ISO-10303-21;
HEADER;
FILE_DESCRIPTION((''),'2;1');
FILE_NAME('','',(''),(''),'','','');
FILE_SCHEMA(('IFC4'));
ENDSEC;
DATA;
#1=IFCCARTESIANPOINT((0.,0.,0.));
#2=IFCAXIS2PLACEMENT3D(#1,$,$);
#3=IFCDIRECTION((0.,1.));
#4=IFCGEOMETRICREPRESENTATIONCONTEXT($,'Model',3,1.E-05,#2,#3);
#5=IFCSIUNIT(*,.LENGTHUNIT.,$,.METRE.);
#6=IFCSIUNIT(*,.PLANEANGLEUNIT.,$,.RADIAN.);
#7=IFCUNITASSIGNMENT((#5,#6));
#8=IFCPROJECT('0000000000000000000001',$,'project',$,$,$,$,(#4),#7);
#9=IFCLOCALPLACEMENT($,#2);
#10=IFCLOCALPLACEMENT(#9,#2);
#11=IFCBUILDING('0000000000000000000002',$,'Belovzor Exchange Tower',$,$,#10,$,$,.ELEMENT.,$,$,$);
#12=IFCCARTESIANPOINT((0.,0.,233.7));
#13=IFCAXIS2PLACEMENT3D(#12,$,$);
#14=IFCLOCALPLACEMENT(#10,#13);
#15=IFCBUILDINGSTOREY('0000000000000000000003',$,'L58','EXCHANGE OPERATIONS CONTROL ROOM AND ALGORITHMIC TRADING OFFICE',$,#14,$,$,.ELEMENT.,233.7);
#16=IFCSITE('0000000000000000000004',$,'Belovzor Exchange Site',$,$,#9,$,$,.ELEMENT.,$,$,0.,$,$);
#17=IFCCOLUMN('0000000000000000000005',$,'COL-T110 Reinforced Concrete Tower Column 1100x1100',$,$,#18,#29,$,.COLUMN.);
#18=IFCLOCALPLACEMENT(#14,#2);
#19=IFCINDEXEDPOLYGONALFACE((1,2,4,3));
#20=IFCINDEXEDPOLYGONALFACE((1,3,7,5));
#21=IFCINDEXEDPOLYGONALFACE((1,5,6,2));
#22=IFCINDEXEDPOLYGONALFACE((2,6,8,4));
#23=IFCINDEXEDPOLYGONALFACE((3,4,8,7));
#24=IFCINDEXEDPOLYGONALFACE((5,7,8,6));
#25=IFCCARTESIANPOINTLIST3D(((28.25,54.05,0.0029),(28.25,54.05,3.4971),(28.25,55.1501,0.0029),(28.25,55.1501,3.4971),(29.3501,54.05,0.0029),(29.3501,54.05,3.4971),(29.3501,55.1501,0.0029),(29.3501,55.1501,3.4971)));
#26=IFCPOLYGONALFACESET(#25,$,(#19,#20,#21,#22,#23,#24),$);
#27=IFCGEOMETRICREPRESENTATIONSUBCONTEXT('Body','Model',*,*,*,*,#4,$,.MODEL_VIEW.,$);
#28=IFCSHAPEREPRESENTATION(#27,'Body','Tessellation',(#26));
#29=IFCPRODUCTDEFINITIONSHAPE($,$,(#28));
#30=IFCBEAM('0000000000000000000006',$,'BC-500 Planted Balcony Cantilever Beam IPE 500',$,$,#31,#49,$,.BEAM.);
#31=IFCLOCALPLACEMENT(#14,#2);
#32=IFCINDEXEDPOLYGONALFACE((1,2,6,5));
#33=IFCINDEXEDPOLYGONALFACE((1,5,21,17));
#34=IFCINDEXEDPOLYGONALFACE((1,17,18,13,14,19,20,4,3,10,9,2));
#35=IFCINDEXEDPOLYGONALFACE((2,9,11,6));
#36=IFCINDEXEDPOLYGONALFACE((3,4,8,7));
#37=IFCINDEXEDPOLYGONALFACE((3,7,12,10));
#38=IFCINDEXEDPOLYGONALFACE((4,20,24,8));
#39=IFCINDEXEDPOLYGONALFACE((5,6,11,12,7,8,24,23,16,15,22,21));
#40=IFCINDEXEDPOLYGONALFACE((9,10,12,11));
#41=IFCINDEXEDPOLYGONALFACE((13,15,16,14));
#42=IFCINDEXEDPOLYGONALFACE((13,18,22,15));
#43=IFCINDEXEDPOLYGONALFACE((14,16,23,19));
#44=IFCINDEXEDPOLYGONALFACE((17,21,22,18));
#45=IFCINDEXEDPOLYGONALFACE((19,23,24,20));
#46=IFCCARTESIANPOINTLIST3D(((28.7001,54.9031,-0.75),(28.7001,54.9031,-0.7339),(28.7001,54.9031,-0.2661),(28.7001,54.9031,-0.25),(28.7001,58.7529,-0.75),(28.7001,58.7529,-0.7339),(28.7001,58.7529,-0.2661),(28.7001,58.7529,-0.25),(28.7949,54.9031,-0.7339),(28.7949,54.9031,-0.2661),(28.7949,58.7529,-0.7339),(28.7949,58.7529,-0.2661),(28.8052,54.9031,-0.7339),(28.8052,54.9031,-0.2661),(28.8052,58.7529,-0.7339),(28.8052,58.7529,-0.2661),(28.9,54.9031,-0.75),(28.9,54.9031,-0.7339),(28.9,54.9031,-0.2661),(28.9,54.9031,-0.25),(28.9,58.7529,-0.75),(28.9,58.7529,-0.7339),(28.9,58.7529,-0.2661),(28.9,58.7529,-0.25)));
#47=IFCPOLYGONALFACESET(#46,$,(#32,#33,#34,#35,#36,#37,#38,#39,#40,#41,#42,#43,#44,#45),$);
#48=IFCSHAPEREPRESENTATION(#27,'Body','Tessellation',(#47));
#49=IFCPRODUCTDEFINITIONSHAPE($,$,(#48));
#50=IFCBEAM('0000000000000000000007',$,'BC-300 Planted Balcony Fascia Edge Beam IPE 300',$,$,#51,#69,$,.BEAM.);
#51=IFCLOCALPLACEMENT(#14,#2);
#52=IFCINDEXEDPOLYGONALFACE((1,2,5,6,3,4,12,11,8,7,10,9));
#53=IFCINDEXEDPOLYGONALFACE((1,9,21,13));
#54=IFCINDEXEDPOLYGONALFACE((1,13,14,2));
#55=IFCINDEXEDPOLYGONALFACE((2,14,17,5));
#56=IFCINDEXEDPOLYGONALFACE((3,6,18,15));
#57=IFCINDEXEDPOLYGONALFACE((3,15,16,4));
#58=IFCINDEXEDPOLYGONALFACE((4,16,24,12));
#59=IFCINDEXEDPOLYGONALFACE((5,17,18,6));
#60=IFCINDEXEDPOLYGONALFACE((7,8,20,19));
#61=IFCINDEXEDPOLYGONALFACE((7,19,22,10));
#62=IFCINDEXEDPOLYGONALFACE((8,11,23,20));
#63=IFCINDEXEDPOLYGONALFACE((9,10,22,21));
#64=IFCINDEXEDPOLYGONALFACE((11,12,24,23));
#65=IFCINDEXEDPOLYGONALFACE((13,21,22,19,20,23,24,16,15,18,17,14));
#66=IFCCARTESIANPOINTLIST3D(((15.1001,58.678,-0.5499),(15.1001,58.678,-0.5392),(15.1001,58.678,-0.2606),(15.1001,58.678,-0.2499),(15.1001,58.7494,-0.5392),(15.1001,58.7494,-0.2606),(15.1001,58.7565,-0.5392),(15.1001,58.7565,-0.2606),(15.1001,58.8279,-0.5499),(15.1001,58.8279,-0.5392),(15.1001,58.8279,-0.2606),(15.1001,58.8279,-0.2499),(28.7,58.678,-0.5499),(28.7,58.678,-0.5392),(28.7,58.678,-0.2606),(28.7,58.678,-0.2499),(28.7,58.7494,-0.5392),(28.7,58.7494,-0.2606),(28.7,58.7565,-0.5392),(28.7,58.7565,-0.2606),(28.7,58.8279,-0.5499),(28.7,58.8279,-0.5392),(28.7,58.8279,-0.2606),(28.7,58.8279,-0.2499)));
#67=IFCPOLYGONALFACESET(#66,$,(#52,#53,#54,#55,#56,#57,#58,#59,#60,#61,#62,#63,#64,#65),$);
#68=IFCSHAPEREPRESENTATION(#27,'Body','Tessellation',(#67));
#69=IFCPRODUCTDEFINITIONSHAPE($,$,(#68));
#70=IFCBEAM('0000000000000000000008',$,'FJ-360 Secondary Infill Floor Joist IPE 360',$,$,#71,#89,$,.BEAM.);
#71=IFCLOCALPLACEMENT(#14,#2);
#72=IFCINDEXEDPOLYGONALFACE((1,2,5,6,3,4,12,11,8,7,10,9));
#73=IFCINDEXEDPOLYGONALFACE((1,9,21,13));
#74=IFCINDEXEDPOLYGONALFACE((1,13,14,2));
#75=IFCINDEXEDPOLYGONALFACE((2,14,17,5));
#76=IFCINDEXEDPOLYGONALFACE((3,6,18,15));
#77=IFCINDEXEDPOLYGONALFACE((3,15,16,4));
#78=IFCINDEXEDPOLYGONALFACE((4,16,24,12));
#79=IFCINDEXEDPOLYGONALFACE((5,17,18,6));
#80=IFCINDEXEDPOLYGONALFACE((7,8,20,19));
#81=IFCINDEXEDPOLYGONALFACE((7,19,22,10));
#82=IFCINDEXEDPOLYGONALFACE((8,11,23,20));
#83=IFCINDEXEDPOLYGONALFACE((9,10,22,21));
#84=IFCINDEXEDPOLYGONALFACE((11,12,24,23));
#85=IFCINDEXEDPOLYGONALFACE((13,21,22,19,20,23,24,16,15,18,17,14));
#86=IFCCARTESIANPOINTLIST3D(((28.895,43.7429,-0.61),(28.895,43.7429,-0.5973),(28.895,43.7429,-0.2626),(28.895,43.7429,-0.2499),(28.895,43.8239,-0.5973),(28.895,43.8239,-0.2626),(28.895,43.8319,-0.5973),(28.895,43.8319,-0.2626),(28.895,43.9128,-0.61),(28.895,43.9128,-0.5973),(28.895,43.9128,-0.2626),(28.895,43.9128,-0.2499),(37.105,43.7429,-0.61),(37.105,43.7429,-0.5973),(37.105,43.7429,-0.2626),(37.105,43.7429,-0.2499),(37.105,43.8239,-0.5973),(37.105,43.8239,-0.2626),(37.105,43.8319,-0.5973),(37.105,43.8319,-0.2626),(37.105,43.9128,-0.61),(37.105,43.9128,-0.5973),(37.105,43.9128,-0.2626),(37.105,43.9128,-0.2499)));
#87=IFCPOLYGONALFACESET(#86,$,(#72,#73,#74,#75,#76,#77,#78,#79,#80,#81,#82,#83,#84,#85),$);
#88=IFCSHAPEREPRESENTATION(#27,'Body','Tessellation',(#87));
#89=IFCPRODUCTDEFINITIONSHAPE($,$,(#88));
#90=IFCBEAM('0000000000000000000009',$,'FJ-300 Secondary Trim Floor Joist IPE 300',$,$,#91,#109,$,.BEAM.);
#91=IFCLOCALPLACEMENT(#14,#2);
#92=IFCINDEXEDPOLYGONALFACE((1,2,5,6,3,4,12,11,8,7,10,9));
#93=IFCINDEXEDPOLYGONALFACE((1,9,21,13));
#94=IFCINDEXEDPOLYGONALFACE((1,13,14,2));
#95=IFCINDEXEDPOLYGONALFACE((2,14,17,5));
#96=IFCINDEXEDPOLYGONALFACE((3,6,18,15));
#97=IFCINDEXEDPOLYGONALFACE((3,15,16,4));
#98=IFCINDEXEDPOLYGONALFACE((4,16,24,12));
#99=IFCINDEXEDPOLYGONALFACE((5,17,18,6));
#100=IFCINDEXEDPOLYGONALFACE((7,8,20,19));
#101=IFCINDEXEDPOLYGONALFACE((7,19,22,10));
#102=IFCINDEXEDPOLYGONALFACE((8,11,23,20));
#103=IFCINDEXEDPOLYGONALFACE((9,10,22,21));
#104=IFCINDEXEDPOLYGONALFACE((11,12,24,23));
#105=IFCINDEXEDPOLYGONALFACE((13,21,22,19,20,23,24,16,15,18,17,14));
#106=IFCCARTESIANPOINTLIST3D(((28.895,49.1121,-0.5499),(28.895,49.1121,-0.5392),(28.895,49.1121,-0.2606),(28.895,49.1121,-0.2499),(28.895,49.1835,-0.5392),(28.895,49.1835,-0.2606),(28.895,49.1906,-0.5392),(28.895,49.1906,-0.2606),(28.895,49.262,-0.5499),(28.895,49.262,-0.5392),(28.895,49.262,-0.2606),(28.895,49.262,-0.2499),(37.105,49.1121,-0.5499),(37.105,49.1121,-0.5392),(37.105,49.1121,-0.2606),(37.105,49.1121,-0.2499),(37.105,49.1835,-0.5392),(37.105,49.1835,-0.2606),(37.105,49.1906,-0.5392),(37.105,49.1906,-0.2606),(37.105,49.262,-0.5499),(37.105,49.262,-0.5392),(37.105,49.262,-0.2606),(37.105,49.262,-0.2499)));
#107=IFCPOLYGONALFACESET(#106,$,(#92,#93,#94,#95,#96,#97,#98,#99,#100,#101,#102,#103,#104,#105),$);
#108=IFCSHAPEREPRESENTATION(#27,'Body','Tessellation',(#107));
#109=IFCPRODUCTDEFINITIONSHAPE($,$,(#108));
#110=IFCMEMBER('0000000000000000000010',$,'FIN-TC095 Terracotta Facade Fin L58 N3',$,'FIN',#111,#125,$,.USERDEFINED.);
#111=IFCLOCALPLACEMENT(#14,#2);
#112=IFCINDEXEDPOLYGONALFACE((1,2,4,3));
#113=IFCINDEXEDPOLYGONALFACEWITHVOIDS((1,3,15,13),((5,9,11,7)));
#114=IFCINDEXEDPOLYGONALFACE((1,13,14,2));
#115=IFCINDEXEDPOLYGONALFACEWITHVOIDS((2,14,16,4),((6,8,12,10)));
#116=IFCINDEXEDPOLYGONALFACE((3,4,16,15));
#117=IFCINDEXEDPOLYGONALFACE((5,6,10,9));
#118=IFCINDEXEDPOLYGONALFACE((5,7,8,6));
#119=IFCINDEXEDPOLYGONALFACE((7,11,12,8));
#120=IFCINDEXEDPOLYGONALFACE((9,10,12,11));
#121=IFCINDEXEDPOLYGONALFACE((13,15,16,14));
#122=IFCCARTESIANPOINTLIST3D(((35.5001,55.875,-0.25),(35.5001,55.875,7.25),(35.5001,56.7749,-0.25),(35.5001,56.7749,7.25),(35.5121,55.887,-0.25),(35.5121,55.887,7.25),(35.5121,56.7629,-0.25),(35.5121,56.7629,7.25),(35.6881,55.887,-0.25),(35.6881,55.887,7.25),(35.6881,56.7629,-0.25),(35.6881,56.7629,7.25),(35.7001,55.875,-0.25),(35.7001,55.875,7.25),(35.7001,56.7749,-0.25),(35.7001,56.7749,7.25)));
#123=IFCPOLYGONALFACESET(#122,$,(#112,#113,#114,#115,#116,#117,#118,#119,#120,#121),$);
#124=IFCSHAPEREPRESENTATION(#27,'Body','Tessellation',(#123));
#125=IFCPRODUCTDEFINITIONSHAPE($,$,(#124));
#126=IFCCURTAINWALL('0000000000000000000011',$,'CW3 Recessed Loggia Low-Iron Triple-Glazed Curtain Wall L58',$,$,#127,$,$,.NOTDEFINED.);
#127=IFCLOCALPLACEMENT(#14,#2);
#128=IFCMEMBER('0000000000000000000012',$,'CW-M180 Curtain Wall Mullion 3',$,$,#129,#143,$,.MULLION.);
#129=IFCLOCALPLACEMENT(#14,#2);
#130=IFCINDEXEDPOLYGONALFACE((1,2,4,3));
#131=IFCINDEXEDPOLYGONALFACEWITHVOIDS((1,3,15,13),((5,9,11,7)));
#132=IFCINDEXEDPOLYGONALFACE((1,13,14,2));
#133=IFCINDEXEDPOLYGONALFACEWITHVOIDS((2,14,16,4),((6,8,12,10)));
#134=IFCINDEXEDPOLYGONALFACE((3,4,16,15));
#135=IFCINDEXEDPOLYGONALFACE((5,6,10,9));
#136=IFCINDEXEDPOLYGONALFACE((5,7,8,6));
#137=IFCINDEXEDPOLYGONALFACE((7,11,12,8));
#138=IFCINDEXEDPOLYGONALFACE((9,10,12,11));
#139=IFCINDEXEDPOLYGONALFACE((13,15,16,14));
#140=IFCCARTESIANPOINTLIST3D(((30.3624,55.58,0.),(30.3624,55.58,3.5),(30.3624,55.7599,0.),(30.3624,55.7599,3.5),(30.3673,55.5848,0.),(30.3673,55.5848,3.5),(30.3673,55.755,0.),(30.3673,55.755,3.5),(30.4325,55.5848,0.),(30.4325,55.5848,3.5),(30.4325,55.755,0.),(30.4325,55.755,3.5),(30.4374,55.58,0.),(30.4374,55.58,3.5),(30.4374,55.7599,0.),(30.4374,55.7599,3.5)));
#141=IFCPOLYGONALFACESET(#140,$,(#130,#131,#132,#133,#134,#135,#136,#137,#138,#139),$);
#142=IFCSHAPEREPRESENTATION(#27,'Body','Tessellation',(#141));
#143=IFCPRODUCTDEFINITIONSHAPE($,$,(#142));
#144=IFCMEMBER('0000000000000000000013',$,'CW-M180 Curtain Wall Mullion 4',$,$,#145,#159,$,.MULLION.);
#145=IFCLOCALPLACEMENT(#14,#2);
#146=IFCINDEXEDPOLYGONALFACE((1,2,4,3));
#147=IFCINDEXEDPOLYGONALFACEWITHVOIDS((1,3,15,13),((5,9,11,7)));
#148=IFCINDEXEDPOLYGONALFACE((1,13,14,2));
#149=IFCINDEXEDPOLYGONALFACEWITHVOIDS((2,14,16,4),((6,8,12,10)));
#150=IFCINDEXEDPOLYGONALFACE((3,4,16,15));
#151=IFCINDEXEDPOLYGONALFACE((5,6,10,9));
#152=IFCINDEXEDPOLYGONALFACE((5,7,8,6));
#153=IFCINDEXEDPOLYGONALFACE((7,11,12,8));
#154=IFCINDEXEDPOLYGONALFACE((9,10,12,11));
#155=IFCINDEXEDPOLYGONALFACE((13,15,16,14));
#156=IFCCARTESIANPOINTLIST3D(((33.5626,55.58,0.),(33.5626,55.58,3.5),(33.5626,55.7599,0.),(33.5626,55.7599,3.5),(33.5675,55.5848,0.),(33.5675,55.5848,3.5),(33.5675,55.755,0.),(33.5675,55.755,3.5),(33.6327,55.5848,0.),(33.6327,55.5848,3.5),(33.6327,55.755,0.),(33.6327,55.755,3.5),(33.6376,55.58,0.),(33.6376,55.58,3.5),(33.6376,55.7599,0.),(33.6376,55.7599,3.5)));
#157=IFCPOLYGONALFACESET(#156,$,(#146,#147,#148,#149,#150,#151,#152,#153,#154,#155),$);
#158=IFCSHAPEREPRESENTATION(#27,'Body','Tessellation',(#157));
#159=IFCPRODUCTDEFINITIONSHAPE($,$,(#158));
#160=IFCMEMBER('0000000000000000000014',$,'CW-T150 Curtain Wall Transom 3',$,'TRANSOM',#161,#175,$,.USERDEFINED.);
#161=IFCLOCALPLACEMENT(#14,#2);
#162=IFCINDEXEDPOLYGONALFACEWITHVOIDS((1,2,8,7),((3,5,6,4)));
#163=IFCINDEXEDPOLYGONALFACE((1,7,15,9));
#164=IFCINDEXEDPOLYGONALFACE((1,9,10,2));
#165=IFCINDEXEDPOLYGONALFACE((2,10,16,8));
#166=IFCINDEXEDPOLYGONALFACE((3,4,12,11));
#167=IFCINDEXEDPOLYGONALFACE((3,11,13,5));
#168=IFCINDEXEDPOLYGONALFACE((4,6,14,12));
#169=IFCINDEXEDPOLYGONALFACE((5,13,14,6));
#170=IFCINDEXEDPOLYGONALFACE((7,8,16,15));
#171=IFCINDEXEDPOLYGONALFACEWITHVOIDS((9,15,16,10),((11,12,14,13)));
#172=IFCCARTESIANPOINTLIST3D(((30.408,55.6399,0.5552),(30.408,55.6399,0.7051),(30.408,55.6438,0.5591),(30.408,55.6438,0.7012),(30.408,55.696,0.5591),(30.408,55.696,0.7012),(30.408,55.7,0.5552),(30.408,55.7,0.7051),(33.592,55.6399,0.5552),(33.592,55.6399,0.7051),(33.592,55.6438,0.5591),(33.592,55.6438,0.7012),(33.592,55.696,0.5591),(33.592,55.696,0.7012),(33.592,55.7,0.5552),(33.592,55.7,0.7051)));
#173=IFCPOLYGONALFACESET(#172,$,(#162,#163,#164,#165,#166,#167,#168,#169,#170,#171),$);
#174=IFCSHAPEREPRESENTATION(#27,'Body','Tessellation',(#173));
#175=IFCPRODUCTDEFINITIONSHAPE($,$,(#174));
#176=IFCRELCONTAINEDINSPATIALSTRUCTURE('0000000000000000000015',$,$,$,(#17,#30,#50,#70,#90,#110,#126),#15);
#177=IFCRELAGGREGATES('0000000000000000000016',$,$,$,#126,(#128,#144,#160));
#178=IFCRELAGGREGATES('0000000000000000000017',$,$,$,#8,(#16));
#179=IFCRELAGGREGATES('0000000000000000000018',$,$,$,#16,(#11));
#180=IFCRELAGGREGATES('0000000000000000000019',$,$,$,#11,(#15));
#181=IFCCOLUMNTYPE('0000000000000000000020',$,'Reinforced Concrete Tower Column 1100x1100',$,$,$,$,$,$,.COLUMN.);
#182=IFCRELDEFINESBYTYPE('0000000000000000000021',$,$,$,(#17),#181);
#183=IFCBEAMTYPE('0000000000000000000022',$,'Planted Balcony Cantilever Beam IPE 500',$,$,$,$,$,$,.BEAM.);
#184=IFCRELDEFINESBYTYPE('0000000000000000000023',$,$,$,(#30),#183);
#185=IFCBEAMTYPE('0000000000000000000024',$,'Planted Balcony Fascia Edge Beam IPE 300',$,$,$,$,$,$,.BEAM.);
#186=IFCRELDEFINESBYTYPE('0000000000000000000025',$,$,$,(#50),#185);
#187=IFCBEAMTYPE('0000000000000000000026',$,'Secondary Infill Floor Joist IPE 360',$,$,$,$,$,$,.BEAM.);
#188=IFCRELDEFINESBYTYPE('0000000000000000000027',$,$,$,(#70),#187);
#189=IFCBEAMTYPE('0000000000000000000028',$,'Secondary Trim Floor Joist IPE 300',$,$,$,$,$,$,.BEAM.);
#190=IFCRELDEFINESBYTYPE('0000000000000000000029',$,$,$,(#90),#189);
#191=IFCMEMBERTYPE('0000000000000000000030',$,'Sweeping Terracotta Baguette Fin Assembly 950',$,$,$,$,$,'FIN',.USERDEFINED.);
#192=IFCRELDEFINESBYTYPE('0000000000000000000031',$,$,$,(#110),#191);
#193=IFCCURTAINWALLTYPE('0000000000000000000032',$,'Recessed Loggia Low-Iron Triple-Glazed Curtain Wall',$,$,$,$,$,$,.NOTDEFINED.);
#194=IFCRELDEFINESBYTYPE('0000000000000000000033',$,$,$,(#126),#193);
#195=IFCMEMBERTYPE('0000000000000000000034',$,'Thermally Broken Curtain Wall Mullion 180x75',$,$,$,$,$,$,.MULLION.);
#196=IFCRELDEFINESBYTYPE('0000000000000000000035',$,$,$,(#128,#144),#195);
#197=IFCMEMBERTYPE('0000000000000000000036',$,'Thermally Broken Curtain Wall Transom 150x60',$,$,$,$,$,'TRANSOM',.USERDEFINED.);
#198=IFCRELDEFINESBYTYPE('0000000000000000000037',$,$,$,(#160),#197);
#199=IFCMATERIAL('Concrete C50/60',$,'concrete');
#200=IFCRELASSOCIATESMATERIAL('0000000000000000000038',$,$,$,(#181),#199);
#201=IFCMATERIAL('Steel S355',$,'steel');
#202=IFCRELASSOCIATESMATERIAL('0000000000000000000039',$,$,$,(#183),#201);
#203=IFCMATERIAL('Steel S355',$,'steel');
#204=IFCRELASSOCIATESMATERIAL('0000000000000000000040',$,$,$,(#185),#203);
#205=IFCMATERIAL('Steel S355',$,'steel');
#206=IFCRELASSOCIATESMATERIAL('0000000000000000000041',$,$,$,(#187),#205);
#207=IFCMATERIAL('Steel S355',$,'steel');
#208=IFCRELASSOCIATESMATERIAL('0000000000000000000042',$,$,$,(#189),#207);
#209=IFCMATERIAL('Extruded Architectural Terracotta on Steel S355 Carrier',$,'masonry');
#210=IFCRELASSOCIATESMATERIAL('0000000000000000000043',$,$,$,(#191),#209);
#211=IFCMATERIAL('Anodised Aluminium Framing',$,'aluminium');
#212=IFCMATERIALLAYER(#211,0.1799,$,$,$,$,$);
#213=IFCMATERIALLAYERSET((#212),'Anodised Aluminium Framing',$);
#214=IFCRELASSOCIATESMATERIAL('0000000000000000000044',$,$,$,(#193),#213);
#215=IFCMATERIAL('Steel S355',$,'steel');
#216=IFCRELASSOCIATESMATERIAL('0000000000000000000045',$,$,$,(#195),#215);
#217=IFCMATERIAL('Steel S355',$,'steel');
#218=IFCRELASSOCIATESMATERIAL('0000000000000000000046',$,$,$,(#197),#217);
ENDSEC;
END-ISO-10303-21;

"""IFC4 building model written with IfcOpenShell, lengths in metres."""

from ifc_helpers import new_model, si_unit, direction, frame, origin, origin_2d, place, context, subcontext, project, spatial, rectangle, hollow_rectangle, i_section, extrude, material, layer, layer_set, material_profile, profile_set, type_object, element, aggregate, save


model = new_model("IFC4")

# Units and contexts
model_context = context("Model", 3, precision=1e-05, world=origin(), true_north=direction((0.0, 1.0)))
body_context = subcontext(model_context, "Body", "Model", "MODEL_VIEW")
ifc_project = project(units=[si_unit("LENGTHUNIT", "METRE"), si_unit("PLANEANGLEUNIT", "RADIAN")], contexts=[model_context])

# Site, building, storey
site_placement = place(None, origin())
site = spatial("IfcSite", under=ifc_project, at=site_placement, Name="Belovzor Exchange Site", CompositionType="ELEMENT", RefElevation=0.0)
building_placement = place(site_placement, origin())
building = spatial("IfcBuilding", under=site, at=building_placement, Name="Belovzor Exchange Tower", CompositionType="ELEMENT")
storey_placement = place(building_placement, frame((0.0, 0.0, 233.7)))
storey = spatial("IfcBuildingStorey", under=building, at=storey_placement, Name="L58", Description="EXCHANGE OPERATIONS CONTROL ROOM AND ALGORITHMIC TRADING OFFICE", CompositionType="ELEMENT", Elevation=233.7)

# Column
ifc_material_1 = material(Name="Concrete C50/60", Category="concrete")
ifc_material_profile_1 = material_profile(ifc_material_1, rectangle(XDim=1.1001, YDim=1.1001, at=origin_2d()))
ifc_profile_set_1 = profile_set([ifc_material_profile_1], Name="Concrete C50/60")
column_type = type_object("IfcColumnType", Name="Reinforced Concrete Tower Column 1100x1100", PredefinedType="COLUMN", material=ifc_profile_set_1)
column_placement = place(storey_placement, frame((28.8, 54.6001, 0.0029), z_axis=(0.0, 0.0, 1.0), x_axis=(1.0, 0.0, 0.0)))
element("IfcColumn", 1, at=column_placement, inside=storey, type_object=column_type, Name="COL-T110 Reinforced Concrete Tower Column 1100x1100", PredefinedType="COLUMN", context=body_context, shape_type="SweptSolid", body=[
    extrude(rectangle(XDim=1.1001, YDim=1.1001, at=origin_2d()), origin(), (0.0, 0.0, 1.0), 3.4941),
])

# Beams
ifc_material_2 = material(Name="Steel S355", Category="steel")
ifc_material_profile_2 = material_profile(ifc_material_2, i_section(OverallWidth=0.2, OverallDepth=0.5, WebThickness=0.0103, FlangeThickness=0.0161, at=origin_2d()))
ifc_profile_set_2 = profile_set([ifc_material_profile_2], Name="Steel S355")
beam_type_1 = type_object("IfcBeamType", Name="Planted Balcony Cantilever Beam IPE 500", PredefinedType="BEAM", material=ifc_profile_set_2)
beam_1_placement = place(storey_placement, frame((28.8, 54.9031, -0.5), z_axis=(0.0, 1.0, 0.0), x_axis=(-1.0, 0.0, 0.0)))
element("IfcBeam", 2, at=beam_1_placement, inside=storey, type_object=beam_type_1, Name="BC-500 Planted Balcony Cantilever Beam IPE 500", PredefinedType="BEAM", context=body_context, shape_type="SweptSolid", body=[
    extrude(i_section(OverallWidth=0.2, OverallDepth=0.5, WebThickness=0.0103, FlangeThickness=0.0161, at=origin_2d()), origin(), (0.0, 0.0, 1.0), 3.8499),
])
ifc_material_3 = material(Name="Steel S355", Category="steel")
ifc_material_profile_3 = material_profile(ifc_material_3, i_section(OverallWidth=0.1499, OverallDepth=0.3, WebThickness=0.0071, FlangeThickness=0.0107, at=origin_2d()))
ifc_profile_set_3 = profile_set([ifc_material_profile_3], Name="Steel S355")
beam_type_2 = type_object("IfcBeamType", Name="Planted Balcony Fascia Edge Beam IPE 300", PredefinedType="BEAM", material=ifc_profile_set_3)
beam_2_placement = place(storey_placement, frame((28.7, 58.7529, -0.3999), z_axis=(-1.0, 0.0, 0.0), x_axis=(0.0, -1.0, 0.0)))
element("IfcBeam", 3, at=beam_2_placement, inside=storey, type_object=beam_type_2, Name="BC-300 Planted Balcony Fascia Edge Beam IPE 300", PredefinedType="BEAM", context=body_context, shape_type="SweptSolid", body=[
    extrude(i_section(OverallWidth=0.1499, OverallDepth=0.3, WebThickness=0.0071, FlangeThickness=0.0107, at=origin_2d()), origin(), (0.0, 0.0, 1.0), 13.5999),
])
ifc_material_4 = material(Name="Steel S355", Category="steel")
ifc_material_profile_4 = material_profile(ifc_material_4, i_section(OverallWidth=0.1699, OverallDepth=0.3601, WebThickness=0.0081, FlangeThickness=0.0127, at=origin_2d()))
ifc_profile_set_4 = profile_set([ifc_material_profile_4], Name="Steel S355")
beam_type_3 = type_object("IfcBeamType", Name="Secondary Infill Floor Joist IPE 360", PredefinedType="BEAM", material=ifc_profile_set_4)
beam_3_placement = place(storey_placement, frame((28.895, 43.8279, -0.4299), z_axis=(1.0, 0.0, 0.0), x_axis=(0.0, 1.0, 0.0)))
element("IfcBeam", 4, at=beam_3_placement, inside=storey, type_object=beam_type_3, Name="FJ-360 Secondary Infill Floor Joist IPE 360", PredefinedType="BEAM", context=body_context, shape_type="SweptSolid", body=[
    extrude(i_section(OverallWidth=0.1699, OverallDepth=0.3601, WebThickness=0.0081, FlangeThickness=0.0127, at=origin_2d()), origin(), (0.0, 0.0, 1.0), 8.21),
])
ifc_material_5 = material(Name="Steel S355", Category="steel")
ifc_material_profile_5 = material_profile(ifc_material_5, i_section(OverallWidth=0.1499, OverallDepth=0.3, WebThickness=0.0071, FlangeThickness=0.0107, at=origin_2d()))
ifc_profile_set_5 = profile_set([ifc_material_profile_5], Name="Steel S355")
beam_type_4 = type_object("IfcBeamType", Name="Secondary Trim Floor Joist IPE 300", PredefinedType="BEAM", material=ifc_profile_set_5)
beam_4_placement = place(storey_placement, frame((28.895, 49.187, -0.3999), z_axis=(1.0, 0.0, 0.0), x_axis=(0.0, 1.0, 0.0)))
element("IfcBeam", 5, at=beam_4_placement, inside=storey, type_object=beam_type_4, Name="FJ-300 Secondary Trim Floor Joist IPE 300", PredefinedType="BEAM", context=body_context, shape_type="SweptSolid", body=[
    extrude(i_section(OverallWidth=0.1499, OverallDepth=0.3, WebThickness=0.0071, FlangeThickness=0.0107, at=origin_2d()), origin(), (0.0, 0.0, 1.0), 8.21),
])

# Member
ifc_material_6 = material(Name="Extruded Architectural Terracotta on Steel S355 Carrier", Category="masonry")
ifc_material_profile_6 = material_profile(ifc_material_6, hollow_rectangle(XDim=0.2, YDim=0.8999, WallThickness=0.012, at=origin_2d()))
ifc_profile_set_6 = profile_set([ifc_material_profile_6], Name="Extruded Architectural Terracotta on Steel S355 Carrier")
member_type_1 = type_object("IfcMemberType", Name="Sweeping Terracotta Baguette Fin Assembly 950", ElementType="FIN", PredefinedType="USERDEFINED", material=ifc_profile_set_6)
member_1_placement = place(storey_placement, frame((35.6001, 56.325, -0.25), z_axis=(0.0, 0.0, 1.0), x_axis=(1.0, 0.0, 0.0)))
element("IfcMember", 6, at=member_1_placement, inside=storey, type_object=member_type_1, Name="FIN-TC095 Terracotta Facade Fin L58 N3", ObjectType="FIN", PredefinedType="USERDEFINED", context=body_context, shape_type="SweptSolid", body=[
    extrude(hollow_rectangle(XDim=0.2, YDim=0.8999, WallThickness=0.012, at=origin_2d()), origin(), (0.0, 0.0, 1.0), 7.5),
])

# Curtain wall, members
ifc_material_7 = material(Name="Anodised Aluminium Framing", Category="aluminium")
ifc_layer_1 = layer(ifc_material_7, 0.1799)
ifc_layer_set_1 = layer_set([ifc_layer_1], Name="Anodised Aluminium Framing")
curtain_wall_type = type_object("IfcCurtainWallType", Name="Recessed Loggia Low-Iron Triple-Glazed Curtain Wall", PredefinedType="NOTDEFINED", material=ifc_layer_set_1)
curtain_wall_placement = place(storey_placement, origin())
curtain_wall = element("IfcCurtainWall", 7, at=curtain_wall_placement, inside=storey, type_object=curtain_wall_type, Name="CW3 Recessed Loggia Low-Iron Triple-Glazed Curtain Wall L58", PredefinedType="NOTDEFINED")
ifc_material_8 = material(Name="Steel S355", Category="steel")
ifc_material_profile_7 = material_profile(ifc_material_8, hollow_rectangle(XDim=0.075, YDim=0.1799, WallThickness=0.0049, at=origin_2d()))
ifc_profile_set_7 = profile_set([ifc_material_profile_7], Name="Steel S355")
member_type_2 = type_object("IfcMemberType", Name="Thermally Broken Curtain Wall Mullion 180x75", PredefinedType="MULLION", material=ifc_profile_set_7)
member_2_placement = place(storey_placement, frame((30.3999, 55.6699, 0.0), z_axis=(0.0, 0.0, 1.0), x_axis=(1.0, 0.0, 0.0)))
member_2 = element("IfcMember", 8, at=member_2_placement, type_object=member_type_2, Name="CW-M180 Curtain Wall Mullion 3", PredefinedType="MULLION", context=body_context, shape_type="SweptSolid", body=[
    extrude(hollow_rectangle(XDim=0.075, YDim=0.1799, WallThickness=0.0049, at=origin_2d()), origin(), (0.0, 0.0, 1.0), 3.5),
])
member_3_placement = place(storey_placement, frame((33.6001, 55.6699, 0.0), z_axis=(0.0, 0.0, 1.0), x_axis=(1.0, 0.0, 0.0)))
member_3 = element("IfcMember", 9, at=member_3_placement, type_object=member_type_2, Name="CW-M180 Curtain Wall Mullion 4", PredefinedType="MULLION", context=body_context, shape_type="SweptSolid", body=[
    extrude(hollow_rectangle(XDim=0.075, YDim=0.1799, WallThickness=0.0049, at=origin_2d()), origin(), (0.0, 0.0, 1.0), 3.5),
])
ifc_material_9 = material(Name="Steel S355", Category="steel")
ifc_material_profile_8 = material_profile(ifc_material_9, hollow_rectangle(XDim=0.0601, YDim=0.1499, WallThickness=0.0039, at=origin_2d()))
ifc_profile_set_8 = profile_set([ifc_material_profile_8], Name="Steel S355")
member_type_3 = type_object("IfcMemberType", Name="Thermally Broken Curtain Wall Transom 150x60", ElementType="TRANSOM", PredefinedType="USERDEFINED", material=ifc_profile_set_8)
member_4_placement = place(storey_placement, frame((30.408, 55.6699, 0.6301), z_axis=(1.0, 0.0, 0.0), x_axis=(0.0, 1.0, 0.0)))
member_4 = element("IfcMember", 10, at=member_4_placement, type_object=member_type_3, Name="CW-T150 Curtain Wall Transom 3", ObjectType="TRANSOM", PredefinedType="USERDEFINED", context=body_context, shape_type="SweptSolid", body=[
    extrude(hollow_rectangle(XDim=0.0601, YDim=0.1499, WallThickness=0.0039, at=origin_2d()), origin(), (0.0, 0.0, 1.0), 3.1841),
])

aggregate(curtain_wall, [member_2, member_3, member_4])

save(model, "model.ifc")
